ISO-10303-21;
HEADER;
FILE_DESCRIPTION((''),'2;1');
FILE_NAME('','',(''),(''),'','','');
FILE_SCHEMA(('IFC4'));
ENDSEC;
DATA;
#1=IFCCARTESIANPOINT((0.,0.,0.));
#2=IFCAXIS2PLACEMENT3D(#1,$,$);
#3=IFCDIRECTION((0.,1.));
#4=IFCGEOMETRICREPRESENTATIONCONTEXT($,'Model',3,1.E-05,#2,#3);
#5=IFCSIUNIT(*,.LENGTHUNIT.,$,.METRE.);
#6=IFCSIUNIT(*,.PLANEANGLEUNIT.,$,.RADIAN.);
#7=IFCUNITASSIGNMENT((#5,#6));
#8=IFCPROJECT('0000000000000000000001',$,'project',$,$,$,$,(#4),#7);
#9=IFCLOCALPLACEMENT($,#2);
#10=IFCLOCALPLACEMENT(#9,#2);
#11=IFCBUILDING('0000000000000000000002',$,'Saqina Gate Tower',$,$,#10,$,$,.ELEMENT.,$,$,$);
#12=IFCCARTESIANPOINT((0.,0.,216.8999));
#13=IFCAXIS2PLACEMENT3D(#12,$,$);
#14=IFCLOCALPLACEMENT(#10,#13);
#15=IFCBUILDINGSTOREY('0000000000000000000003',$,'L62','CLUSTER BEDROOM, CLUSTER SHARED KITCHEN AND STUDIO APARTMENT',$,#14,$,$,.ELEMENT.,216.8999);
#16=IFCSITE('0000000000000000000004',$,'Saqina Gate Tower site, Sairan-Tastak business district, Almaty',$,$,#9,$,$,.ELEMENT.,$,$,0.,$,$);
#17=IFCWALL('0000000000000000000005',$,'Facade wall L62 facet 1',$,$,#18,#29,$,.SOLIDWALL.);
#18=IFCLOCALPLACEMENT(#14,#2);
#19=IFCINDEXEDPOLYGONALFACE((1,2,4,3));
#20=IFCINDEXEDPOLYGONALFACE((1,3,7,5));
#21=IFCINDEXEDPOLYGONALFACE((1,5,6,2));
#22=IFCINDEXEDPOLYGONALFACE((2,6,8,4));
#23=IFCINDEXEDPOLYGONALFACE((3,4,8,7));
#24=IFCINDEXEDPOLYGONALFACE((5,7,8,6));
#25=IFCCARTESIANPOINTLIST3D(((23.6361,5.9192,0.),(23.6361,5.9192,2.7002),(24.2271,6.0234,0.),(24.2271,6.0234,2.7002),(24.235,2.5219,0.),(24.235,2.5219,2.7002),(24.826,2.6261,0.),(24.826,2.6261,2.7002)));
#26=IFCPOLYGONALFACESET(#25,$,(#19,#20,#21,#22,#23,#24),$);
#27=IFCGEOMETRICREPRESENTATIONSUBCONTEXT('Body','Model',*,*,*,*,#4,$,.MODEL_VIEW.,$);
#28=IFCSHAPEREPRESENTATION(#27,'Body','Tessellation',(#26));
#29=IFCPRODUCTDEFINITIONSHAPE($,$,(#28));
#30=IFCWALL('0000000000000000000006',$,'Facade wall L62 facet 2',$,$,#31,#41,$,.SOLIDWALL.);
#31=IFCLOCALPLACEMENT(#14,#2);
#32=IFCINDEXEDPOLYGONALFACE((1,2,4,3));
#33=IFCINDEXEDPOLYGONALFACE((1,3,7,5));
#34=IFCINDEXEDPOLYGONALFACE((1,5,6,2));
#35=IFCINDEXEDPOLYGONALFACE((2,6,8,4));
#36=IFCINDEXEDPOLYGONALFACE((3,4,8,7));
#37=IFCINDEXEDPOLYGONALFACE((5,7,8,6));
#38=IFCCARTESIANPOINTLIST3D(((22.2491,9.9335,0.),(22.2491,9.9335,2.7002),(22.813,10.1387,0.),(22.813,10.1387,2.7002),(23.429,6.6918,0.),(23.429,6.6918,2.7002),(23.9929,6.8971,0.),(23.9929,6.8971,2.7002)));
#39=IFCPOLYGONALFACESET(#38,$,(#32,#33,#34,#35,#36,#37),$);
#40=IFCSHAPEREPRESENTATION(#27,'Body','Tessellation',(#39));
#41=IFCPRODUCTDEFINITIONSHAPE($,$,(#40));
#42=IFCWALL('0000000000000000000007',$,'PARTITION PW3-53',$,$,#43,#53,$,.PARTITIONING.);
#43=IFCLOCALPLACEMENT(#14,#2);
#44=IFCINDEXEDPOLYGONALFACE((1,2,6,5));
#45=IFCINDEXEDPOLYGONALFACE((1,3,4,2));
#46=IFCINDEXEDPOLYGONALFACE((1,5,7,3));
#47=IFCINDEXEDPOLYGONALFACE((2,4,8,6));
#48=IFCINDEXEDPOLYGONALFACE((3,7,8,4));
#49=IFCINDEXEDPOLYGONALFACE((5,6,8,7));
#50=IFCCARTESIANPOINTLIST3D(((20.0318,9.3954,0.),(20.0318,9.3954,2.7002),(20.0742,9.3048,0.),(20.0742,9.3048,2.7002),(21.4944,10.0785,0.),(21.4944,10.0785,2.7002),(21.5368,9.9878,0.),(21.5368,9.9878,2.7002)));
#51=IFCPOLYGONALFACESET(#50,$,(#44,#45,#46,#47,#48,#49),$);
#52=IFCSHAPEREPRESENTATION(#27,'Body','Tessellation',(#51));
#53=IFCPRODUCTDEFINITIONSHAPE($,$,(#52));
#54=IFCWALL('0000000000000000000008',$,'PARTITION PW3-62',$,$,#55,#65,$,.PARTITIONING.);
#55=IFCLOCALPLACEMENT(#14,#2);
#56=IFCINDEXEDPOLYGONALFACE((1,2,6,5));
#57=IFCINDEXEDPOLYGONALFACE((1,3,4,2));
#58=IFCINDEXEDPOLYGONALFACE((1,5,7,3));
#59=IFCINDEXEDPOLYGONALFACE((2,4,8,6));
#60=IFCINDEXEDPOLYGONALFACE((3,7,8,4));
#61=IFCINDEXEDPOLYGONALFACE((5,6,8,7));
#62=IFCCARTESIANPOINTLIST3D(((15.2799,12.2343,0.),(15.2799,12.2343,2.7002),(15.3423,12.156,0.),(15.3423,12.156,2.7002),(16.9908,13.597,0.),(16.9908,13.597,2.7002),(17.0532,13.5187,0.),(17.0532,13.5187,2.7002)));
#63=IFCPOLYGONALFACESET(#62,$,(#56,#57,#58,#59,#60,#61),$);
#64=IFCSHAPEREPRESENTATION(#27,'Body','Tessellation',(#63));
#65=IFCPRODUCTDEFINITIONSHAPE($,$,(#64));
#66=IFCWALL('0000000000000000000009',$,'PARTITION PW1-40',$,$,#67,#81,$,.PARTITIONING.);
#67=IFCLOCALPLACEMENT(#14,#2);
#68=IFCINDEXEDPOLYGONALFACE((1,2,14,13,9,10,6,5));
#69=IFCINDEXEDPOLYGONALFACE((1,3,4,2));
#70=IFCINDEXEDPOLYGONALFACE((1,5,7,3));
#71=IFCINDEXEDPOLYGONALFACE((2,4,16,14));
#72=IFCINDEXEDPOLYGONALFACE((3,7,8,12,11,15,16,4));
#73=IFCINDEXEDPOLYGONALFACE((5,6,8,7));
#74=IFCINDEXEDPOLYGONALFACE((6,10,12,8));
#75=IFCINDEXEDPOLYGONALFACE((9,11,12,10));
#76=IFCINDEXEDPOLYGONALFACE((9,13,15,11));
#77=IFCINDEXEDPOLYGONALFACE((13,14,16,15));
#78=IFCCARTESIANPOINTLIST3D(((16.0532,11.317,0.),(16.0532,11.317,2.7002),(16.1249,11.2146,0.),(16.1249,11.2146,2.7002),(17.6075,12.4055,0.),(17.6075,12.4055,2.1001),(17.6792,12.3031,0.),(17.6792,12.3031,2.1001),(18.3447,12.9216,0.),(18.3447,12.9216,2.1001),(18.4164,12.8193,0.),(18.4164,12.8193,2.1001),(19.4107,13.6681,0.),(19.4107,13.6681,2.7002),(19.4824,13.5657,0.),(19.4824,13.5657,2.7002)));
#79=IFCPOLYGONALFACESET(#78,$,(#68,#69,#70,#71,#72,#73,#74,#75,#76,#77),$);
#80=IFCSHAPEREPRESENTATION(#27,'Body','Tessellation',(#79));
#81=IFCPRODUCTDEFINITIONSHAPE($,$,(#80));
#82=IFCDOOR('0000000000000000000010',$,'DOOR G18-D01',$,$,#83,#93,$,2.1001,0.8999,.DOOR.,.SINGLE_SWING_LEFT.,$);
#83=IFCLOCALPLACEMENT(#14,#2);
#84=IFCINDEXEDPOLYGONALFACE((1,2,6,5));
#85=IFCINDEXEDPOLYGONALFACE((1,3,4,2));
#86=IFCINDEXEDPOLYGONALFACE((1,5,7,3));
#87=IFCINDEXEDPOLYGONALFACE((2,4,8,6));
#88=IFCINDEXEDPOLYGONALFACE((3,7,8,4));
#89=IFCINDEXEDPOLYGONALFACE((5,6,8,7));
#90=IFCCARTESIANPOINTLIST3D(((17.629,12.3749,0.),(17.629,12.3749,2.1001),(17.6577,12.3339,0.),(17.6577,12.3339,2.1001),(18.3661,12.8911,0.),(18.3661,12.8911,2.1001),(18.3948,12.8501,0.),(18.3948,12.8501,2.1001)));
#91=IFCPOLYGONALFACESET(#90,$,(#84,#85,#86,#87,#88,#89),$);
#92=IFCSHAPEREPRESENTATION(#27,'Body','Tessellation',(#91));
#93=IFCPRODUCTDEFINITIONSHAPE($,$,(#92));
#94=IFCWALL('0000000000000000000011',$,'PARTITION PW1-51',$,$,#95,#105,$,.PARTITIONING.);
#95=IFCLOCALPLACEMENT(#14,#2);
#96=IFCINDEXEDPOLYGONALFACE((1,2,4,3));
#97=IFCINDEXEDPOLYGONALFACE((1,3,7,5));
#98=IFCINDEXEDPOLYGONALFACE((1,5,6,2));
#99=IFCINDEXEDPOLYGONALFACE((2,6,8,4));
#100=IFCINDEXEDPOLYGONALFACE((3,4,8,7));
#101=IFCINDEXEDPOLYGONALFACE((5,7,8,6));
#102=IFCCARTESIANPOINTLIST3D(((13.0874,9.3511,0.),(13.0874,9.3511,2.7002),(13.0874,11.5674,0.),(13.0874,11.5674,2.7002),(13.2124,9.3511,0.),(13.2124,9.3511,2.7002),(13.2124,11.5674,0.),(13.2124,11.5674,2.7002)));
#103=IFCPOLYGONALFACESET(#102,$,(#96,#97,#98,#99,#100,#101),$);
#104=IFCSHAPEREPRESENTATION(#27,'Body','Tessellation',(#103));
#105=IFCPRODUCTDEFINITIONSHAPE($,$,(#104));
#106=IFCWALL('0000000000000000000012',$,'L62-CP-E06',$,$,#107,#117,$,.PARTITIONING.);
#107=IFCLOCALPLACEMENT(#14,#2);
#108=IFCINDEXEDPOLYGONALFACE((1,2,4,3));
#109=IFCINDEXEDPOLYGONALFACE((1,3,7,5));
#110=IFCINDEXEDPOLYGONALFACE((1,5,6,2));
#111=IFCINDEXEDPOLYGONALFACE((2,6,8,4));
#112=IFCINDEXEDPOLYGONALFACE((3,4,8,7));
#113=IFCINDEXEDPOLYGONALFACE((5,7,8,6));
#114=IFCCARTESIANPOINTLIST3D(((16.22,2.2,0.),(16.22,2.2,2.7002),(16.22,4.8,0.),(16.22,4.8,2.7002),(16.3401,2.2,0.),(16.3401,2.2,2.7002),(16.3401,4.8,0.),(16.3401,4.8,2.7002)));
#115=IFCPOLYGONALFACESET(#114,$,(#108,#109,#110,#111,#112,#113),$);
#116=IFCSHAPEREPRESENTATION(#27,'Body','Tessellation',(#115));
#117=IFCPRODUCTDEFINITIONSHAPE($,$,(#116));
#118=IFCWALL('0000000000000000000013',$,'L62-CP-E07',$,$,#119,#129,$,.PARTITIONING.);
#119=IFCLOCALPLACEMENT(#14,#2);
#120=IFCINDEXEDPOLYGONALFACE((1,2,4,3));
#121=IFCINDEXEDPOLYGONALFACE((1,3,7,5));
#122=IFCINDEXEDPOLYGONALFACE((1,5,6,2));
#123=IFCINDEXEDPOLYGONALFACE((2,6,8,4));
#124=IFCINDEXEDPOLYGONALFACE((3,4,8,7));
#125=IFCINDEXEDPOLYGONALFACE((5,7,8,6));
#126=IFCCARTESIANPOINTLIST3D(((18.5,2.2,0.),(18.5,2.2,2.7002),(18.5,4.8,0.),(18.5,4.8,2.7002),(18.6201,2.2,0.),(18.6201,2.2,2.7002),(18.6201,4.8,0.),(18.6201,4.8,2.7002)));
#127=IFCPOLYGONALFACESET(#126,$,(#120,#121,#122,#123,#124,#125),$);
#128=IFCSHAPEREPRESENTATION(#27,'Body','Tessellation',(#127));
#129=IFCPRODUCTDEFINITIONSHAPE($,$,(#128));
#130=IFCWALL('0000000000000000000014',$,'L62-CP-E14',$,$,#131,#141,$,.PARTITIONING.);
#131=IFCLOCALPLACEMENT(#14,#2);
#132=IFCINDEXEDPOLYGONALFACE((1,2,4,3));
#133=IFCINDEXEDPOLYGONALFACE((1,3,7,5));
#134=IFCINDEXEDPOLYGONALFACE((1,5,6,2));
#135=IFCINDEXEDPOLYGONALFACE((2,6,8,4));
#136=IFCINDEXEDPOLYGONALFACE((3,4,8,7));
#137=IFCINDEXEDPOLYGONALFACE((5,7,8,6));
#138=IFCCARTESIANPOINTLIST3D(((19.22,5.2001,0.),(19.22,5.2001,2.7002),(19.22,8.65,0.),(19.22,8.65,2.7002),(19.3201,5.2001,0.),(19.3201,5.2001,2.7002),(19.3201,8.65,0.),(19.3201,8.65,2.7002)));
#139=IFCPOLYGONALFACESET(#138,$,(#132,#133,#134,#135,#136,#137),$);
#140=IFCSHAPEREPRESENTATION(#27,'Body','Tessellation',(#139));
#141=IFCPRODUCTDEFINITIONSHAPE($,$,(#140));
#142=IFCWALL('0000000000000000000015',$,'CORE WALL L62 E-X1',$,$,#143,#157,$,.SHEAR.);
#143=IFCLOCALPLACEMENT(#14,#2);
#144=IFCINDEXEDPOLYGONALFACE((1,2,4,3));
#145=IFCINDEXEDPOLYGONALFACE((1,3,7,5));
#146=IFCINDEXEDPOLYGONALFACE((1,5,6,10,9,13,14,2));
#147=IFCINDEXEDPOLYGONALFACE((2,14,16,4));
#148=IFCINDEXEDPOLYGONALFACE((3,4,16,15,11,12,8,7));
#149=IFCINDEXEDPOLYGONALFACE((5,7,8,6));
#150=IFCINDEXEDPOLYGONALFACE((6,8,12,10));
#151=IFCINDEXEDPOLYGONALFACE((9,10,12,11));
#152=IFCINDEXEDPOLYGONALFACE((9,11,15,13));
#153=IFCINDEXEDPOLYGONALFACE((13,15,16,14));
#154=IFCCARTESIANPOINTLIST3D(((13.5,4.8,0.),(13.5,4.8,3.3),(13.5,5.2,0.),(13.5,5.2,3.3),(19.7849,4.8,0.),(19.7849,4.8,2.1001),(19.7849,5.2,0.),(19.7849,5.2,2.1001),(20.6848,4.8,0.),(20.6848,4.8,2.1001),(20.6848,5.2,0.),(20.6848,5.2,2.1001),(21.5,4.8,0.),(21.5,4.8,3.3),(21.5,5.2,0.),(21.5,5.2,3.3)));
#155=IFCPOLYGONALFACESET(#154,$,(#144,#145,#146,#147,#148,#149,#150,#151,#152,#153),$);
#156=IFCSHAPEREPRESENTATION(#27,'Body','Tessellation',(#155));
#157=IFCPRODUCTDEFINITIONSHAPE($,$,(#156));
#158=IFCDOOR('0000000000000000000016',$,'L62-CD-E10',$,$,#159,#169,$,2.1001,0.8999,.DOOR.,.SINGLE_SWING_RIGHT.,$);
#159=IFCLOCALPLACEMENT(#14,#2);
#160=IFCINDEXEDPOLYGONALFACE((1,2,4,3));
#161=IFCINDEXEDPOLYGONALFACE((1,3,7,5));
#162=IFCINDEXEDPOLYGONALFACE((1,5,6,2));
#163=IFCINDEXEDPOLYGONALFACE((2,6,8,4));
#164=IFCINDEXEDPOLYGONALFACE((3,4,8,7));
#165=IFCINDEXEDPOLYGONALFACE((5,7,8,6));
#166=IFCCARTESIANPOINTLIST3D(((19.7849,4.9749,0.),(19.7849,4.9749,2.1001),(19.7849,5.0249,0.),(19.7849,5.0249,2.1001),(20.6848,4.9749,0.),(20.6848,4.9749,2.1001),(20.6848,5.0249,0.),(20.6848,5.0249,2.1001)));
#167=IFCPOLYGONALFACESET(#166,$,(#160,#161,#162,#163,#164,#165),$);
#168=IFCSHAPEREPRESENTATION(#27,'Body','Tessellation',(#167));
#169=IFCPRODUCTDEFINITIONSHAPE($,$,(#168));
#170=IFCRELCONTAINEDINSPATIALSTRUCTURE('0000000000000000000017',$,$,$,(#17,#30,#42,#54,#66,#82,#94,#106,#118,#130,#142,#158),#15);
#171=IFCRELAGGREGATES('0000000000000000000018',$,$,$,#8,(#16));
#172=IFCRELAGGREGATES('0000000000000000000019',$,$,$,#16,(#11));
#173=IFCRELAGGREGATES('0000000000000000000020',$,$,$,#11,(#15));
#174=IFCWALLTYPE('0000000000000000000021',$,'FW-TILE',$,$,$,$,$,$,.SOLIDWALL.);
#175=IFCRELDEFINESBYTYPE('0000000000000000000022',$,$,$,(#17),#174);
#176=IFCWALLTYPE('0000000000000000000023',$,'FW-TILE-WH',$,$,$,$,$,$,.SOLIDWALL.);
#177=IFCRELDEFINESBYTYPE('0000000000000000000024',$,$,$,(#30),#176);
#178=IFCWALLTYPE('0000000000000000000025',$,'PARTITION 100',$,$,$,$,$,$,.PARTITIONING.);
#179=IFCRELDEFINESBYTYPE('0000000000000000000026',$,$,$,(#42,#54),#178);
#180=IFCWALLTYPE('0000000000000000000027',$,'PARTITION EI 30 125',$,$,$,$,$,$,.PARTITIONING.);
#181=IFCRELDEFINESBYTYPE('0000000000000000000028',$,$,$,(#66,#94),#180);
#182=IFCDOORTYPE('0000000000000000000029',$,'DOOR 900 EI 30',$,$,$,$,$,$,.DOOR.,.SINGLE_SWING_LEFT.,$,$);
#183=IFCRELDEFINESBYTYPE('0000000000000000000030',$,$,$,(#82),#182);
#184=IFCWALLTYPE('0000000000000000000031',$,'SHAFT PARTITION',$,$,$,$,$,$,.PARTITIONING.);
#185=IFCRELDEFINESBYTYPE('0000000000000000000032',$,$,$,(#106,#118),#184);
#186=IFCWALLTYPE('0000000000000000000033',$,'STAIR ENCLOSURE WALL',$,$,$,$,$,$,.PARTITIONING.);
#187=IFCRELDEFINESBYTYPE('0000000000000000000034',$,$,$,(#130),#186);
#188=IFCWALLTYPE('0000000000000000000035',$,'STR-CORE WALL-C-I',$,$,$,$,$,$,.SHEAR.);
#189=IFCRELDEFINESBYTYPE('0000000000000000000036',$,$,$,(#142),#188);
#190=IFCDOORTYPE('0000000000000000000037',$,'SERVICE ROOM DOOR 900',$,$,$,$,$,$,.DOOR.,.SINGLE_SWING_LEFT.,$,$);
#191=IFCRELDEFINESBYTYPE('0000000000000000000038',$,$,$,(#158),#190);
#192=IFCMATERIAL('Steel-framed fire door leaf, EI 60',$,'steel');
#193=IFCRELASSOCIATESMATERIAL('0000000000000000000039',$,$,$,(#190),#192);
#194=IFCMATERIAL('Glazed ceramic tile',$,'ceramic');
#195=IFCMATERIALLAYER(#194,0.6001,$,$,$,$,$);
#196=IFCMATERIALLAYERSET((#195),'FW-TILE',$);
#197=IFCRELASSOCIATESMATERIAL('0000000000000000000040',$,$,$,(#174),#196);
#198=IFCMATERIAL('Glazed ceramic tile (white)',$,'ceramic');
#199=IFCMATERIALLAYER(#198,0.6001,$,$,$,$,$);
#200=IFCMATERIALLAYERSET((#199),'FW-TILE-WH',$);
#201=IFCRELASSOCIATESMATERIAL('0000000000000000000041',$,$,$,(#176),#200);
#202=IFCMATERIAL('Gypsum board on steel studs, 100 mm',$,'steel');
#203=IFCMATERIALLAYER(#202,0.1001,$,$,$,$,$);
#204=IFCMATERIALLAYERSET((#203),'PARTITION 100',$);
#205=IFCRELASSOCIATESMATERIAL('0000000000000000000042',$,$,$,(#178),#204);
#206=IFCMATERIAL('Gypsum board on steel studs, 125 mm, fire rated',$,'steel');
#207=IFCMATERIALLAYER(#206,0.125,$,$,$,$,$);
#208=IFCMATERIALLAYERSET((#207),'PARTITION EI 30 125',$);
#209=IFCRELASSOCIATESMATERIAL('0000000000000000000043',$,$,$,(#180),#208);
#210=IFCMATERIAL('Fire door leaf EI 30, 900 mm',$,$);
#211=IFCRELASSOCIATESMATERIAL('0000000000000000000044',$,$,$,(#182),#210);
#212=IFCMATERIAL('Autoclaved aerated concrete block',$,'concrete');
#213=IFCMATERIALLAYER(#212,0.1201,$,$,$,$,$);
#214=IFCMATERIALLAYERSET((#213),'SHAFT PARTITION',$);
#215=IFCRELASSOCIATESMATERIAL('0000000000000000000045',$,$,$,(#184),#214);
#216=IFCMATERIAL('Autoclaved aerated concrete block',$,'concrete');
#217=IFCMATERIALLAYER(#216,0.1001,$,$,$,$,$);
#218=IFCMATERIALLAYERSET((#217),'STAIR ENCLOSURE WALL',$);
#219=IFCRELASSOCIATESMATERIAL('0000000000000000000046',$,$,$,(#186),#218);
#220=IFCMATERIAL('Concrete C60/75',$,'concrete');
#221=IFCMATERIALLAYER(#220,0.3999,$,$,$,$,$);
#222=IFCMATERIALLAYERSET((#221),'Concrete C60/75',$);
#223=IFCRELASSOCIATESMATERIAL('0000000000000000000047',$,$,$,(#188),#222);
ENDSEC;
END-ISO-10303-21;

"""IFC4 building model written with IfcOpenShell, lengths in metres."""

from ifc_helpers import new_model, si_unit, direction, frame, frame_2d, origin, place, context, subcontext, project, spatial, rectangle, extrude, material, layer, layer_set, type_object, element, fill, save


model = new_model("IFC4")

# Units and contexts
model_context = context("Model", 3, precision=1e-05, world=origin(), true_north=direction((0.0, 1.0)))
body_context = subcontext(model_context, "Body", "Model", "MODEL_VIEW")
ifc_project = project(units=[si_unit("LENGTHUNIT", "METRE"), si_unit("PLANEANGLEUNIT", "RADIAN")], contexts=[model_context])

# Site, building, storey
site_placement = place(None, origin())
site = spatial("IfcSite", under=ifc_project, at=site_placement, Name="Saqina Gate Tower site, Sairan-Tastak business district, Almaty", CompositionType="ELEMENT", RefElevation=0.0)
building_placement = place(site_placement, origin())
building = spatial("IfcBuilding", under=site, at=building_placement, Name="Saqina Gate Tower", CompositionType="ELEMENT")
storey_placement = place(building_placement, frame((0.0, 0.0, 216.8999)))
storey = spatial("IfcBuildingStorey", under=building, at=storey_placement, Name="L62", Description="CLUSTER BEDROOM, CLUSTER SHARED KITCHEN AND STUDIO APARTMENT", CompositionType="ELEMENT", Elevation=216.8999)

# Shared definitions
ifc_material_1 = material(Name="Steel-framed fire door leaf, EI 60", Category="steel")
door_type_1 = type_object("IfcDoorType", Name="SERVICE ROOM DOOR 900", OperationType="SINGLE_SWING_LEFT", PredefinedType="DOOR", material=ifc_material_1)

# Walls
ifc_material_2 = material(Name="Glazed ceramic tile", Category="ceramic")
ifc_layer_1 = layer(ifc_material_2, 0.6001)
ifc_layer_set_1 = layer_set([ifc_layer_1], Name="FW-TILE")
wall_type_1 = type_object("IfcWallType", Name="FW-TILE", PredefinedType="SOLIDWALL", material=ifc_layer_set_1)
wall_1_placement = place(storey_placement, frame((24.5305, 2.574, 0.0), z_axis=(0.0, 0.0, 1.0), x_axis=(-0.173608, 0.984815, 0.0)))
element("IfcWall", 1, at=wall_1_placement, inside=storey, type_object=wall_type_1, Name="Facade wall L62 facet 1", PredefinedType="SOLIDWALL", context=body_context, shape_type="SweptSolid", body=[
    extrude(rectangle(XDim=3.4497, YDim=0.6001, at=frame_2d((1.7249, 0.0))), origin(), (0.0, 0.0, 1.0), 2.7002),
])
ifc_material_3 = material(Name="Glazed ceramic tile (white)", Category="ceramic")
ifc_layer_2 = layer(ifc_material_3, 0.6001)
ifc_layer_set_2 = layer_set([ifc_layer_2], Name="FW-TILE-WH")
wall_type_2 = type_object("IfcWallType", Name="FW-TILE-WH", PredefinedType="SOLIDWALL", material=ifc_layer_set_2)
wall_2_placement = place(storey_placement, frame((23.7109, 6.7944, 0.0), z_axis=(0.0, 0.0, 1.0), x_axis=(-0.342033, 0.939688, 0.0)))
element("IfcWall", 2, at=wall_2_placement, inside=storey, type_object=wall_type_2, Name="Facade wall L62 facet 2", PredefinedType="SOLIDWALL", context=body_context, shape_type="SweptSolid", body=[
    extrude(rectangle(XDim=3.4497, YDim=0.6001, at=frame_2d((1.7249, 0.0))), origin(), (0.0, 0.0, 1.0), 2.7002),
])
ifc_material_4 = material(Name="Gypsum board on steel studs, 100 mm", Category="steel")
ifc_layer_3 = layer(ifc_material_4, 0.1001)
ifc_layer_set_3 = layer_set([ifc_layer_3], Name="PARTITION 100")
wall_type_3 = type_object("IfcWallType", Name="PARTITION 100", PredefinedType="PARTITIONING", material=ifc_layer_set_3)
wall_3_placement = place(storey_placement, frame((20.053, 9.3501, 0.0), z_axis=(0.0, 0.0, 1.0), x_axis=(0.906056, 0.423159, 0.0)))
element("IfcWall", 3, at=wall_3_placement, inside=storey, type_object=wall_type_3, Name="PARTITION PW3-53", PredefinedType="PARTITIONING", context=body_context, shape_type="SweptSolid", body=[
    extrude(rectangle(XDim=1.6143, YDim=0.1001, at=frame_2d((0.8071, 0.0))), origin(), (0.0, 0.0, 1.0), 2.7002),
])
wall_4_placement = place(storey_placement, frame((15.311, 12.1951, 0.0), z_axis=(0.0, 0.0, 1.0), x_axis=(0.782196, 0.623033, 0.0)))
element("IfcWall", 4, at=wall_4_placement, inside=storey, type_object=wall_type_3, Name="PARTITION PW3-62", PredefinedType="PARTITIONING", context=body_context, shape_type="SweptSolid", body=[
    extrude(rectangle(XDim=2.1873, YDim=0.1001, at=frame_2d((1.0938, 0.0))), origin(), (0.0, 0.0, 1.0), 2.7002),
])

# Wall, opening, door
ifc_material_5 = material(Name="Gypsum board on steel studs, 125 mm, fire rated", Category="steel")
ifc_layer_4 = layer(ifc_material_5, 0.125)
ifc_layer_set_4 = layer_set([ifc_layer_4], Name="PARTITION EI 30 125")
wall_type_4 = type_object("IfcWallType", Name="PARTITION EI 30 125", PredefinedType="PARTITIONING", material=ifc_layer_set_4)
wall_5_placement = place(storey_placement, frame((16.0891, 11.2659, 0.0), z_axis=(0.0, 0.0, 1.0), x_axis=(0.819131, 0.573606, 0.0)))
wall_5 = element("IfcWall", 5, at=wall_5_placement, inside=storey, type_object=wall_type_4, Name="PARTITION PW1-40", PredefinedType="PARTITIONING", context=body_context, shape_type="SweptSolid", body=[
    extrude(rectangle(XDim=4.0989, YDim=0.125, at=frame_2d((2.0493, 0.0))), origin(), (0.0, 0.0, 1.0), 2.7002),
])
opening_1_placement = place(wall_5_placement, frame((1.8975, 0.0, 0.0)))
opening_1 = element("IfcOpeningElement", 6, at=opening_1_placement, cuts=wall_5, PredefinedType="OPENING", context=body_context, shape_type="SweptSolid", body=[
    extrude(rectangle(XDim=0.8999, YDim=2.1001, at=frame_2d((0.45, 1.05))), frame((0.0, 0.0745, 0.0), z_axis=(0.0, -1.0, 0.0), x_axis=(1.0, 0.0, 0.0)), (0.0, 0.0, 1.0), 0.1489),
])
ifc_material_6 = material(Name="Fire door leaf EI 30, 900 mm")
door_type_2 = type_object("IfcDoorType", Name="DOOR 900 EI 30", OperationType="SINGLE_SWING_LEFT", PredefinedType="DOOR", material=ifc_material_6)
door_1_placement = place(opening_1_placement, frame((0.8999, 0.0, 0.0), z_axis=(0.0, 0.0, 1.0), x_axis=(-1.0, 0.0, 0.0)))
door_1 = element("IfcDoor", 7, at=door_1_placement, inside=storey, type_object=door_type_2, Name="DOOR G18-D01", OperationType="SINGLE_SWING_LEFT", OverallHeight=2.1001, OverallWidth=0.8999, PredefinedType="DOOR", context=body_context, shape_type="SweptSolid", body=[
    extrude(rectangle(XDim=0.8999, YDim=2.1001, at=frame_2d((0.45, 1.05))), frame((0.0, 0.0249, 0.0), z_axis=(0.0, -1.0, 0.0), x_axis=(1.0, 0.0, 0.0)), (0.0, 0.0, 1.0), 0.05),
])
fill(opening_1, door_1)

# Walls
wall_6_placement = place(storey_placement, frame((13.1499, 9.3511, 0.0), z_axis=(0.0, 0.0, 1.0), x_axis=(0.0, 1.0, 0.0)))
element("IfcWall", 8, at=wall_6_placement, inside=storey, type_object=wall_type_4, Name="PARTITION PW1-51", PredefinedType="PARTITIONING", context=body_context, shape_type="SweptSolid", body=[
    extrude(rectangle(XDim=2.2163, YDim=0.125, at=frame_2d((1.1082, 0.0))), origin(), (0.0, 0.0, 1.0), 2.7002),
])
ifc_material_7 = material(Name="Autoclaved aerated concrete block", Category="concrete")
ifc_layer_5 = layer(ifc_material_7, 0.1201)
ifc_layer_set_5 = layer_set([ifc_layer_5], Name="SHAFT PARTITION")
wall_type_5 = type_object("IfcWallType", Name="SHAFT PARTITION", PredefinedType="PARTITIONING", material=ifc_layer_set_5)
for number, where, z_axis, x_axis, name in (
    (9, (16.28, 2.2, 0.0), (0.0, 0.0, 1.0), (0.0, 1.0, 0.0), "L62-CP-E06"),
    (10, (18.5601, 2.2, 0.0), (0.0, 0.0, 1.0), (0.0, 1.0, 0.0), "L62-CP-E07"),
):
    element("IfcWall", number, at=place(storey_placement, frame(where, z_axis=z_axis, x_axis=x_axis)), inside=storey, type_object=wall_type_5, Name=name, PredefinedType="PARTITIONING", context=body_context, shape_type="SweptSolid", body=[
        extrude(rectangle(XDim=2.6001, YDim=0.1201, at=frame_2d((1.3, 0.0))), origin(), (0.0, 0.0, 1.0), 2.7002),
    ])
ifc_material_8 = material(Name="Autoclaved aerated concrete block", Category="concrete")
ifc_layer_6 = layer(ifc_material_8, 0.1001)
ifc_layer_set_6 = layer_set([ifc_layer_6], Name="STAIR ENCLOSURE WALL")
wall_type_6 = type_object("IfcWallType", Name="STAIR ENCLOSURE WALL", PredefinedType="PARTITIONING", material=ifc_layer_set_6)
wall_7_placement = place(storey_placement, frame((19.27, 5.2, 0.0), z_axis=(0.0, 0.0, 1.0), x_axis=(0.0, 1.0, 0.0)))
element("IfcWall", 11, at=wall_7_placement, inside=storey, type_object=wall_type_6, Name="L62-CP-E14", PredefinedType="PARTITIONING", context=body_context, shape_type="SweptSolid", body=[
    extrude(rectangle(XDim=3.45, YDim=0.1001, at=frame_2d((1.7251, 0.0))), origin(), (0.0, 0.0, 1.0), 2.7002),
])

# Wall, opening, door
ifc_material_9 = material(Name="Concrete C60/75", Category="concrete")
ifc_layer_7 = layer(ifc_material_9, 0.3999)
ifc_layer_set_7 = layer_set([ifc_layer_7], Name="Concrete C60/75")
wall_type_7 = type_object("IfcWallType", Name="STR-CORE WALL-C-I", PredefinedType="SHEAR", material=ifc_layer_set_7)
wall_8_placement = place(storey_placement, frame((13.5, 5.0, 0.0), z_axis=(0.0, 0.0, 1.0), x_axis=(1.0, 0.0, 0.0)))
wall_8 = element("IfcWall", 12, at=wall_8_placement, inside=storey, type_object=wall_type_7, Name="CORE WALL L62 E-X1", PredefinedType="SHEAR", context=body_context, shape_type="SweptSolid", body=[
    extrude(rectangle(XDim=8.0, YDim=0.3999, at=frame_2d((4.0, 0.0))), origin(), (0.0, 0.0, 1.0), 3.3),
])
opening_2_placement = place(wall_8_placement, frame((6.2849, 0.0, 0.0)))
opening_2 = element("IfcOpeningElement", 13, at=opening_2_placement, cuts=wall_8, PredefinedType="OPENING", context=body_context, shape_type="SweptSolid", body=[
    extrude(rectangle(XDim=0.8999, YDim=2.1001, at=frame_2d((0.45, 1.05))), frame((0.0, 0.2119, 0.0), z_axis=(0.0, -1.0, 0.0), x_axis=(1.0, 0.0, 0.0)), (0.0, 0.0, 1.0), 0.4238),
])
door_2_placement = place(opening_2_placement, origin())
door_2 = element("IfcDoor", 14, at=door_2_placement, inside=storey, type_object=door_type_1, Name="L62-CD-E10", OperationType="SINGLE_SWING_RIGHT", OverallHeight=2.1001, OverallWidth=0.8999, PredefinedType="DOOR", context=body_context, shape_type="SweptSolid", body=[
    extrude(rectangle(XDim=0.8999, YDim=2.1001, at=frame_2d((0.45, 1.05))), frame((0.0, 0.0249, 0.0), z_axis=(0.0, -1.0, 0.0), x_axis=(1.0, 0.0, 0.0)), (0.0, 0.0, 1.0), 0.05),
])
fill(opening_2, door_2)

save(model, "model.ifc")
